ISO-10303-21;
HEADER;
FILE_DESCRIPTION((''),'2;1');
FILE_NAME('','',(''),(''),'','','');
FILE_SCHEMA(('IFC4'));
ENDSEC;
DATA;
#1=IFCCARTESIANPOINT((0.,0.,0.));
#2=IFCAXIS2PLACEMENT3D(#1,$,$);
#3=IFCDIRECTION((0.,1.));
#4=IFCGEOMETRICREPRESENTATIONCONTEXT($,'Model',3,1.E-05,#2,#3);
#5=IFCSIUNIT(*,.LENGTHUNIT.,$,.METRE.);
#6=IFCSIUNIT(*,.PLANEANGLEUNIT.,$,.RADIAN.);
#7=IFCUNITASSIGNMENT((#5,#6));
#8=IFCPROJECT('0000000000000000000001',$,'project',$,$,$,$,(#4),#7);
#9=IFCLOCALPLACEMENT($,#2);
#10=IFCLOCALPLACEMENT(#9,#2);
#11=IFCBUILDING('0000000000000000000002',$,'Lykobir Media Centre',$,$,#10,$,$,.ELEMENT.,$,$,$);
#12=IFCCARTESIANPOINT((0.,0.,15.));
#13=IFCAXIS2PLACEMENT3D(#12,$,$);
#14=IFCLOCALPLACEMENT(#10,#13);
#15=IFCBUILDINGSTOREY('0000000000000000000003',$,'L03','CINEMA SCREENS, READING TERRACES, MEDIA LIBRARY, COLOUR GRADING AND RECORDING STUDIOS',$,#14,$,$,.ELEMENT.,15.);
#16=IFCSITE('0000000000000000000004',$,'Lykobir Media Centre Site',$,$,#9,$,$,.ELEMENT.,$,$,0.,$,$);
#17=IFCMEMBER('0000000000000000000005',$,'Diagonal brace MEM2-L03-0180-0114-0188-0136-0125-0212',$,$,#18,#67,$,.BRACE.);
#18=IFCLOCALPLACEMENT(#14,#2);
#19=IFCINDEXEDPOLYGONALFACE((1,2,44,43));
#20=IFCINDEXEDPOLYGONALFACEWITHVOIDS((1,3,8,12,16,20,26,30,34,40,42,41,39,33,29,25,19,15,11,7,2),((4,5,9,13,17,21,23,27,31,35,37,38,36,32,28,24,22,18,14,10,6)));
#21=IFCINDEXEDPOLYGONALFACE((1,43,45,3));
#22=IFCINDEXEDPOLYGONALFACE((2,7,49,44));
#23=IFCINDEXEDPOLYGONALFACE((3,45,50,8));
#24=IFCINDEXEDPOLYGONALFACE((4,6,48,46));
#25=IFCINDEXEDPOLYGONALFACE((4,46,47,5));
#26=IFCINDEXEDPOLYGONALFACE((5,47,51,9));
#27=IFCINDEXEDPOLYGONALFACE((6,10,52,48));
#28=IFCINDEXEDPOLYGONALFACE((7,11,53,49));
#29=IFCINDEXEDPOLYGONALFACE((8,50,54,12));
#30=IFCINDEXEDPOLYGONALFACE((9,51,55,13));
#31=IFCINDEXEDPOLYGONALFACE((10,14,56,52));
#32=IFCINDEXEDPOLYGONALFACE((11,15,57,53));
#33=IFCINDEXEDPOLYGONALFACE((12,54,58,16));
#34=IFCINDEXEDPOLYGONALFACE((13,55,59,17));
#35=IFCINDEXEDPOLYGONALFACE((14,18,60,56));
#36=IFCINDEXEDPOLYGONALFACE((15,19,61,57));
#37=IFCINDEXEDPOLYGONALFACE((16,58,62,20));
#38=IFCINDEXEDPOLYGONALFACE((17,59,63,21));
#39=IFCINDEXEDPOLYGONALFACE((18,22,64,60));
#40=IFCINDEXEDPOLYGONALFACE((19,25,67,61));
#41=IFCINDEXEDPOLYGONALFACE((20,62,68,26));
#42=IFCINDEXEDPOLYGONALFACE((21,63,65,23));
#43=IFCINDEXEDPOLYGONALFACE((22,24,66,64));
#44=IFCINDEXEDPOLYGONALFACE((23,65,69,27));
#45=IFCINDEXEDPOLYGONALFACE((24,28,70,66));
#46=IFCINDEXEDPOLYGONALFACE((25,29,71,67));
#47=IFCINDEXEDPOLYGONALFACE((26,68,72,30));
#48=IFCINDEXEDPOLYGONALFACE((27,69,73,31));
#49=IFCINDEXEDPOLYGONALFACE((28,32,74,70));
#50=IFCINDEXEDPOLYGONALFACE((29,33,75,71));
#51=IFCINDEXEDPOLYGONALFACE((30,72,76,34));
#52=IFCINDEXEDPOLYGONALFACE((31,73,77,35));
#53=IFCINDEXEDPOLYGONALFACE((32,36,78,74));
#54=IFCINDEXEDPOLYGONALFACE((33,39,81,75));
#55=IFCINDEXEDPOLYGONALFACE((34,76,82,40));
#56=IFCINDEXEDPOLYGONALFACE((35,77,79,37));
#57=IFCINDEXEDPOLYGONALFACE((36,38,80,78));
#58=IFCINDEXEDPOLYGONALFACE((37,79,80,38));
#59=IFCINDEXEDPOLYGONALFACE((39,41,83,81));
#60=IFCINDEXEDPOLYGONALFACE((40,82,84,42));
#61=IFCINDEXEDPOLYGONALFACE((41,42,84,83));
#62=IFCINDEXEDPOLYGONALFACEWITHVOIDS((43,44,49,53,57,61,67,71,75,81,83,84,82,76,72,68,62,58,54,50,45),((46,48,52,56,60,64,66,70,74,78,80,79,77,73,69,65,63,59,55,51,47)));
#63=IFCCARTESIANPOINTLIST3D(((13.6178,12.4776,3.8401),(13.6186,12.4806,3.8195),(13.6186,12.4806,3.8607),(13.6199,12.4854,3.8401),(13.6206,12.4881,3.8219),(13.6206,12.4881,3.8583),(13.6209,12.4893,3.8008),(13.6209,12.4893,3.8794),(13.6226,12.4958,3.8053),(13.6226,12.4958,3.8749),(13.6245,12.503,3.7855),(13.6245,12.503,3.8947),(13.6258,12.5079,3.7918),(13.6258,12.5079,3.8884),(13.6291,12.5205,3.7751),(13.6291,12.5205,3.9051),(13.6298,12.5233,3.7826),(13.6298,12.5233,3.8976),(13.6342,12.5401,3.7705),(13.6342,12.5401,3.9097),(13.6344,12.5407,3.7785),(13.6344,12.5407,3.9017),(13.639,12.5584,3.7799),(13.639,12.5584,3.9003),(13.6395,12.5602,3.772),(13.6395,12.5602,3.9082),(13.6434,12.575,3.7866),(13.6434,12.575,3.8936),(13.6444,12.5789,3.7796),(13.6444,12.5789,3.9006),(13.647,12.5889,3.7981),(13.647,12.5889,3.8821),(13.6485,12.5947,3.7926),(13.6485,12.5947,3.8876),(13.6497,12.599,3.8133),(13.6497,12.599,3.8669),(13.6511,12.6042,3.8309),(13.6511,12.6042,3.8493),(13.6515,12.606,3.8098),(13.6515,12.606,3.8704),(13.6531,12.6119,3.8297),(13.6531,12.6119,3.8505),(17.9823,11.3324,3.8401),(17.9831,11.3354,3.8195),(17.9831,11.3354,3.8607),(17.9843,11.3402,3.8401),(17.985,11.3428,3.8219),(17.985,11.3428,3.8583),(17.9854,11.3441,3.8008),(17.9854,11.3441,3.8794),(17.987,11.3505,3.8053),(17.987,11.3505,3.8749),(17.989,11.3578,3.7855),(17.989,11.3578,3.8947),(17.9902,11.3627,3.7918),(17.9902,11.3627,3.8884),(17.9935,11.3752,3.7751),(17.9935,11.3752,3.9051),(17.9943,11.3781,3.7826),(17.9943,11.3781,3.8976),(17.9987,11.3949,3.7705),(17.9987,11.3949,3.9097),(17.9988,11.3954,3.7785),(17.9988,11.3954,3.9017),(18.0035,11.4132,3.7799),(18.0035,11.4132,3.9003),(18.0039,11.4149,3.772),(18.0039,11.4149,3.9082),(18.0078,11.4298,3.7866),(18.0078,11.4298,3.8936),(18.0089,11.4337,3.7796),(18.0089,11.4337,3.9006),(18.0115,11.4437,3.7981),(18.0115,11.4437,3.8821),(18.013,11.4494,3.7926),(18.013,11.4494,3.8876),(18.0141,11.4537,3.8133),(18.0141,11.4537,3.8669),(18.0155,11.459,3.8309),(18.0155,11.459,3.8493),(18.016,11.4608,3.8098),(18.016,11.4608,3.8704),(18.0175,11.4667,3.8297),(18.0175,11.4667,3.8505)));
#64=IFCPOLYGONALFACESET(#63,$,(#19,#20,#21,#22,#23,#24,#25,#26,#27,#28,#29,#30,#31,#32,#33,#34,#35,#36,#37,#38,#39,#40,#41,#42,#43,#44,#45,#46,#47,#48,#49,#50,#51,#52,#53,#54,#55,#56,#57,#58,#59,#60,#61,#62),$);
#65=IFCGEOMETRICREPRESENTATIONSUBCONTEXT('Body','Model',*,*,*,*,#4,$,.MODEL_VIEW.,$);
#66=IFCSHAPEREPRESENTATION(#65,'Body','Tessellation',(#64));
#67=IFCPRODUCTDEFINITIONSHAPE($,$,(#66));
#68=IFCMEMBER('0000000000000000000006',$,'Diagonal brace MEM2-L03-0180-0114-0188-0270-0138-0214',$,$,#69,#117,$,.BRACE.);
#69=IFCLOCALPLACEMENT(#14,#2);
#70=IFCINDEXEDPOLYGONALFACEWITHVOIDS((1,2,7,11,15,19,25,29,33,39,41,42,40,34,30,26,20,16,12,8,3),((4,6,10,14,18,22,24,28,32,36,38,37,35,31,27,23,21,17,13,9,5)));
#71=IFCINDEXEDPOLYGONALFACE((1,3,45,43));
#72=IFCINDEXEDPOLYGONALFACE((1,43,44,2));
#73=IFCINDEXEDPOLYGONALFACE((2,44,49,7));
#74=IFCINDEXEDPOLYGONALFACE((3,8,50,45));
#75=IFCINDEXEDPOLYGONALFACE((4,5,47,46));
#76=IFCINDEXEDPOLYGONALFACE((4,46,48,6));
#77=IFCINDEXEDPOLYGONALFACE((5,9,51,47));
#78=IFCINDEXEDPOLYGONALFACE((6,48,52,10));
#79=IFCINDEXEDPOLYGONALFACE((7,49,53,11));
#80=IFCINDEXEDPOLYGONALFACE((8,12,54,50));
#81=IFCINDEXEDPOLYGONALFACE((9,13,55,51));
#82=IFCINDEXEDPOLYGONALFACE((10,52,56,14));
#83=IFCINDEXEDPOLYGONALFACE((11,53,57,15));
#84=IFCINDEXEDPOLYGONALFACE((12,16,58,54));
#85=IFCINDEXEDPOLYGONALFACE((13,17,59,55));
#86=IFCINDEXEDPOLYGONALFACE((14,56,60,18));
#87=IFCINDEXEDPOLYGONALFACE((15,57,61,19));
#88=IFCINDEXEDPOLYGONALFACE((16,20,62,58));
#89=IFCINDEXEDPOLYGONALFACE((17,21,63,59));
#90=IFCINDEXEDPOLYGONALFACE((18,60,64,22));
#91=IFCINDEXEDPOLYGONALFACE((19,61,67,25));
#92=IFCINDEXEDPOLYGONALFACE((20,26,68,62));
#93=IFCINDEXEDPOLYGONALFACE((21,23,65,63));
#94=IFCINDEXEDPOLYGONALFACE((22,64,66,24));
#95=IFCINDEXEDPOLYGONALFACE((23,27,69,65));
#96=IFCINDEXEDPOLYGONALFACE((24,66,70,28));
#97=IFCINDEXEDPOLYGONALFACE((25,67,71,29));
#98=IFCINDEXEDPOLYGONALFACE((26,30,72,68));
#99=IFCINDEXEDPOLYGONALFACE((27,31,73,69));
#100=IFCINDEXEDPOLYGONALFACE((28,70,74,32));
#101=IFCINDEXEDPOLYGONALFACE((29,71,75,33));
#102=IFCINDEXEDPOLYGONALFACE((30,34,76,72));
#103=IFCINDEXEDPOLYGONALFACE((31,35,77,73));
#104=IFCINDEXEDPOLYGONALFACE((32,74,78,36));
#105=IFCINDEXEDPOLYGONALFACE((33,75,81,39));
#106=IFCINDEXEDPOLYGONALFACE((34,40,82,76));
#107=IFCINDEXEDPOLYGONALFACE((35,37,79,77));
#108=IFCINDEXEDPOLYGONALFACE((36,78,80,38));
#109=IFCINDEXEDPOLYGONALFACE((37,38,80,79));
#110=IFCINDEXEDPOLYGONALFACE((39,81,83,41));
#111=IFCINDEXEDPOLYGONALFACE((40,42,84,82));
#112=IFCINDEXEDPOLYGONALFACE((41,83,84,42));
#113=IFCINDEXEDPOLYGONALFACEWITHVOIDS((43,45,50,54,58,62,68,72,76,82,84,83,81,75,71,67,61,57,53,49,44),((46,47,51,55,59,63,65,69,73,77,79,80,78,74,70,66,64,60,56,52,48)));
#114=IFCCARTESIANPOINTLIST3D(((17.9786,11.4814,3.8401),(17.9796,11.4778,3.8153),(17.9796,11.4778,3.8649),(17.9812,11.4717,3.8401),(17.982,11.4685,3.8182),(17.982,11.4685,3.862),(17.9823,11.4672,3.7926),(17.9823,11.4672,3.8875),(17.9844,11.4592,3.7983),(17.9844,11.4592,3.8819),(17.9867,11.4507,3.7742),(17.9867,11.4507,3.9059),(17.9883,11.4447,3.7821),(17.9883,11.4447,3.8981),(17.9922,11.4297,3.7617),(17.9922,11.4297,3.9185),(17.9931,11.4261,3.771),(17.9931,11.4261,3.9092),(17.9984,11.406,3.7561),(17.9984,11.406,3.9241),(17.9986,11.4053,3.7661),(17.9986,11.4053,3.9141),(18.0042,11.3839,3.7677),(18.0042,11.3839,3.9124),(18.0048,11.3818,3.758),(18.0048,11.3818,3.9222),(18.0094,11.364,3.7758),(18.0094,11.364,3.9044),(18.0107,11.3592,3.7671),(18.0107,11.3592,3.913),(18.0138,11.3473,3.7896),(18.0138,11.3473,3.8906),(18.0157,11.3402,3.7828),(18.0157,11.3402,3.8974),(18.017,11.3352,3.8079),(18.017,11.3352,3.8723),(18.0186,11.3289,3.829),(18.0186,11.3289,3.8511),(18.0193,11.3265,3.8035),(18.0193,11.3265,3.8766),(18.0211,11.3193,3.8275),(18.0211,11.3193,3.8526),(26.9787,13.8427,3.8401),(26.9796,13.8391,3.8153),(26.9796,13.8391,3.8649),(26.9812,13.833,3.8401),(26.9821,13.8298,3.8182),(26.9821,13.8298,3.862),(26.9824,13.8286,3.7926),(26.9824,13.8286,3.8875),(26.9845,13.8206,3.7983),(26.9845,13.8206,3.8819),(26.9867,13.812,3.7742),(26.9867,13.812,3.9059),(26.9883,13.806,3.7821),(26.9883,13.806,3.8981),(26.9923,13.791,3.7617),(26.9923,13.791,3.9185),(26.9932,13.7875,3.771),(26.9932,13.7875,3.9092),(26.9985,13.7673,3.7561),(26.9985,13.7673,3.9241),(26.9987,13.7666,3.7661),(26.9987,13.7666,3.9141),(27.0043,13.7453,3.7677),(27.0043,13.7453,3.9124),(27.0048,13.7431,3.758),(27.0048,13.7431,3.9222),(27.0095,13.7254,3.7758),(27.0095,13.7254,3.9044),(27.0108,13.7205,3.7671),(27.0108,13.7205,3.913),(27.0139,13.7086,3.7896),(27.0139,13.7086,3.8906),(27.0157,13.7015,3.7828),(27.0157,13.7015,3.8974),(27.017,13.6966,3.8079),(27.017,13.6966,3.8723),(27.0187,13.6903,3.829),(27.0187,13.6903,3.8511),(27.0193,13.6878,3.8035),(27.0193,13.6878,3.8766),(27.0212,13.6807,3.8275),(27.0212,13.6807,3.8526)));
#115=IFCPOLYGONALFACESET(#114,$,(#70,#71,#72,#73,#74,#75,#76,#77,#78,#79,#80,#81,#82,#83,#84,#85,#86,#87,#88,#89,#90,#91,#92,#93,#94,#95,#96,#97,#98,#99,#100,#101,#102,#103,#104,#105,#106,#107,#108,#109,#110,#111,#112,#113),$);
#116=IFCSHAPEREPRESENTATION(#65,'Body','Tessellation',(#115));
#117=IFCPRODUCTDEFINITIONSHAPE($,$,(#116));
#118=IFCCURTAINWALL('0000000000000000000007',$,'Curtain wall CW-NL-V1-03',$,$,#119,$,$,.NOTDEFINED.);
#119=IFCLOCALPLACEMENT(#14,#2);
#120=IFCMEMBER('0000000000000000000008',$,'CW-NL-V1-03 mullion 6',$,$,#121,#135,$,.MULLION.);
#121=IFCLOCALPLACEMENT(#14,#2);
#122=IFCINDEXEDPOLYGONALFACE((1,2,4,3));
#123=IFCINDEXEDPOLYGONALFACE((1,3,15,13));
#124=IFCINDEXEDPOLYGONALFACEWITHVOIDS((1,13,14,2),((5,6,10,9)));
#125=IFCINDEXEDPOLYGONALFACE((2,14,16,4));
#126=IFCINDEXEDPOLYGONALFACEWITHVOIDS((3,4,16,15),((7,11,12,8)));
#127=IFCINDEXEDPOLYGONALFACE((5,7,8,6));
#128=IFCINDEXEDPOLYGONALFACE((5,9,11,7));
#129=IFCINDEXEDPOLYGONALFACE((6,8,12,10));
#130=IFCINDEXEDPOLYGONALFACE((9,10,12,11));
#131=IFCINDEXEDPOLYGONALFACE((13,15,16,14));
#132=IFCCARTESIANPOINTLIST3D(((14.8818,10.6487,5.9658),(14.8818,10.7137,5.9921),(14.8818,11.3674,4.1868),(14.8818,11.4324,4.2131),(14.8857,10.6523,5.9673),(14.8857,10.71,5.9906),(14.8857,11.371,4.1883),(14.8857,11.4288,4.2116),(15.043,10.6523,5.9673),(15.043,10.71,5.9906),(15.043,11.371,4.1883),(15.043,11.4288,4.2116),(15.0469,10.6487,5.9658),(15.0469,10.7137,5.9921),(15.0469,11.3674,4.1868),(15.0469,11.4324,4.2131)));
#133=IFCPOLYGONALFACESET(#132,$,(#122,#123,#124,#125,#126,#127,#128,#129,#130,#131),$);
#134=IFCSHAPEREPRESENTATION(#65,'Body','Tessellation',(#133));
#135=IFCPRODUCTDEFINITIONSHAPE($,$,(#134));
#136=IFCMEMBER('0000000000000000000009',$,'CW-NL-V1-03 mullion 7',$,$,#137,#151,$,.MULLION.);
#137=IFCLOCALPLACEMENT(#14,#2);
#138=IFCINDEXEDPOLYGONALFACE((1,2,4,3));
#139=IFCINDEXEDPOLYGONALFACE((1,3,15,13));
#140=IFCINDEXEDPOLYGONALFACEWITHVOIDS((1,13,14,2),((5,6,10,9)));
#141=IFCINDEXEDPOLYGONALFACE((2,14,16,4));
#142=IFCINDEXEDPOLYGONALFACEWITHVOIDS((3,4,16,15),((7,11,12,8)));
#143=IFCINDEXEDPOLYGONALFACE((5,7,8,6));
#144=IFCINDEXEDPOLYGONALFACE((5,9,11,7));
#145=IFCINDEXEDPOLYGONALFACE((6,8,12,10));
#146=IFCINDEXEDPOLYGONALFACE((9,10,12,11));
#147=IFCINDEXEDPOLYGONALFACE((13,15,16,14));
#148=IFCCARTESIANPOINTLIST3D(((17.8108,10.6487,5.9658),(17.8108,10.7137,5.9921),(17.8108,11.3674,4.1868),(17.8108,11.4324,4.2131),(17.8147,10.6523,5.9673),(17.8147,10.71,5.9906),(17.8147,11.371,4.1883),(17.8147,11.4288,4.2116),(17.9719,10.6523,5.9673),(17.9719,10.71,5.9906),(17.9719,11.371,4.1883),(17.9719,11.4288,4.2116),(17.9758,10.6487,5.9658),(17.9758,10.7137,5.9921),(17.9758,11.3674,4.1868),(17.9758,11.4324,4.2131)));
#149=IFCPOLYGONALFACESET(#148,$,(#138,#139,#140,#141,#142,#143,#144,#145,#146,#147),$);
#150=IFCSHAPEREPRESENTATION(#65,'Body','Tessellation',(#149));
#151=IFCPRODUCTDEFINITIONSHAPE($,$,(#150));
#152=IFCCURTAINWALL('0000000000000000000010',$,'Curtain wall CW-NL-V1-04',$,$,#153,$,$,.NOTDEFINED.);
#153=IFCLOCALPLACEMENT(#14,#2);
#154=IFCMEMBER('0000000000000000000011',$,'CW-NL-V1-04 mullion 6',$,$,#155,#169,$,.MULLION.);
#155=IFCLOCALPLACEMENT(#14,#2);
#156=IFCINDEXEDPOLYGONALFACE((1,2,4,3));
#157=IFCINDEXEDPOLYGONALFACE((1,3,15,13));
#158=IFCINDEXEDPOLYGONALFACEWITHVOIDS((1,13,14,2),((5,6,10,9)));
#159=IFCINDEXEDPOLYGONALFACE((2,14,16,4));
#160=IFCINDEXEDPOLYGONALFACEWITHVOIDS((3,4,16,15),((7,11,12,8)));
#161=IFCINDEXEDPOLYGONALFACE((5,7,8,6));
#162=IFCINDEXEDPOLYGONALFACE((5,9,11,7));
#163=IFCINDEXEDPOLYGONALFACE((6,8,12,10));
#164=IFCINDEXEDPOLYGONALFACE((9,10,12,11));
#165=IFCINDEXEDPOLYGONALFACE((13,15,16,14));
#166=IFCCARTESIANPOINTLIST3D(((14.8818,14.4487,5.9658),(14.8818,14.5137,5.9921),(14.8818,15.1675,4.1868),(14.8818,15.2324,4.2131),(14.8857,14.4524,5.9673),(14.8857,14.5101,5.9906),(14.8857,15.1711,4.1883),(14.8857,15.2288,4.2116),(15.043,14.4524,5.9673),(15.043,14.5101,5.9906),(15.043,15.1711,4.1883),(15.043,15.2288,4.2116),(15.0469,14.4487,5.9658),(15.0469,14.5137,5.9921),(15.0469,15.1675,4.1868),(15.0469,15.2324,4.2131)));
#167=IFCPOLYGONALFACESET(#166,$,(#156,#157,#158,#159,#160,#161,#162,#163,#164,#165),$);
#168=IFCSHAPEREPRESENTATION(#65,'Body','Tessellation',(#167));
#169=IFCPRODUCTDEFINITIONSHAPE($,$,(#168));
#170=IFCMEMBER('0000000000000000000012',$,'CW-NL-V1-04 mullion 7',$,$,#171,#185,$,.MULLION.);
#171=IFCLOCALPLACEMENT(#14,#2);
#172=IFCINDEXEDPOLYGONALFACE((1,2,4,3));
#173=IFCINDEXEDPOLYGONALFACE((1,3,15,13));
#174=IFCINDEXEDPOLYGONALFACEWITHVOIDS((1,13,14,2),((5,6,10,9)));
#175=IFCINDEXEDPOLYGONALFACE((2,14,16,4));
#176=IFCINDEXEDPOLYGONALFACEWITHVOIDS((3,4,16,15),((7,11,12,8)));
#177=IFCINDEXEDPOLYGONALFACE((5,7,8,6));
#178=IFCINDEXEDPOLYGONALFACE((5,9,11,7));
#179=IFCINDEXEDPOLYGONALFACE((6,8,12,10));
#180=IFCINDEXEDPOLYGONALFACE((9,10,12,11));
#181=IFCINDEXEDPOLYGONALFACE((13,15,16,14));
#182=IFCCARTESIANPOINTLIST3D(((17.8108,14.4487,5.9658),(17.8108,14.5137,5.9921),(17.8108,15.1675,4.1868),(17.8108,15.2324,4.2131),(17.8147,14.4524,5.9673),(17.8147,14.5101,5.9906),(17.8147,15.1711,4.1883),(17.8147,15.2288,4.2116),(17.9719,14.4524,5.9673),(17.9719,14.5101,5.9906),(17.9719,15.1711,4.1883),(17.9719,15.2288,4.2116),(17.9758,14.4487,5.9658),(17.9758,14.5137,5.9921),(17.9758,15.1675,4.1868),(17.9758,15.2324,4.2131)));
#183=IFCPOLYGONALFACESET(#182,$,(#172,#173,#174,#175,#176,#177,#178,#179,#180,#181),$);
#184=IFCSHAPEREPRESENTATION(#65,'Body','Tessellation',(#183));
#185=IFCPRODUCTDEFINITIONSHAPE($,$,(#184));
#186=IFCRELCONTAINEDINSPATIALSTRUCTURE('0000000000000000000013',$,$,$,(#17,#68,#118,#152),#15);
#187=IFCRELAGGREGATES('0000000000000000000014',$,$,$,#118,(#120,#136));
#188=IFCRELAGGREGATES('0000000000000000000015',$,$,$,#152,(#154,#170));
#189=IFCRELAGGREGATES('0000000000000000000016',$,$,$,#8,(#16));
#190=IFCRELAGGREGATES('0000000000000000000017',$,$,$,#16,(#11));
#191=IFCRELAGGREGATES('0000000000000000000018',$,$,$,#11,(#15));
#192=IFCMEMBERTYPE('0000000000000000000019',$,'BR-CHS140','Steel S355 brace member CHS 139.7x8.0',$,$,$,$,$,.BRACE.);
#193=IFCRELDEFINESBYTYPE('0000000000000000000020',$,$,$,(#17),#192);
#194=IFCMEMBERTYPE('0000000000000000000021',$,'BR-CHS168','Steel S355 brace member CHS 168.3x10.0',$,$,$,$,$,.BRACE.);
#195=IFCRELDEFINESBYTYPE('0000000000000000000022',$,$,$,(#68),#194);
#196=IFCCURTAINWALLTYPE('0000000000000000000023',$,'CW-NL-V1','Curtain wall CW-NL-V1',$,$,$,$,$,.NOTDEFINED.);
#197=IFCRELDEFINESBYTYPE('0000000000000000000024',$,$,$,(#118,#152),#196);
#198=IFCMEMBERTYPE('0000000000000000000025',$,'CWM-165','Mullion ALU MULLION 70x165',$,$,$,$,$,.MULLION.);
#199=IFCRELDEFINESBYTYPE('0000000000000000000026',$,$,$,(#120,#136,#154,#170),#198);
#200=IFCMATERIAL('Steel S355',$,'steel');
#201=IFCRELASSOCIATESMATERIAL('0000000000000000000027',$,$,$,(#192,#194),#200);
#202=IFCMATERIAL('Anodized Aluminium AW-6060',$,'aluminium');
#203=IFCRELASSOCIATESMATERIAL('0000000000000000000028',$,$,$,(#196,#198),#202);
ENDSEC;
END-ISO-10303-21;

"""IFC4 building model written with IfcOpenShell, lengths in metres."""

from ifc_helpers import new_model, si_unit, direction, frame, origin, origin_2d, place, context, subcontext, project, spatial, hollow_rectangle, hollow_circle, extrude, material, material_profile, profile_set, type_object, element, aggregate, save


model = new_model("IFC4")

# Units and contexts
model_context = context("Model", 3, precision=1e-05, world=origin(), true_north=direction((0.0, 1.0)))
body_context = subcontext(model_context, "Body", "Model", "MODEL_VIEW")
ifc_project = project(units=[si_unit("LENGTHUNIT", "METRE"), si_unit("PLANEANGLEUNIT", "RADIAN")], contexts=[model_context])

# Site, building, storey
site_placement = place(None, origin())
site = spatial("IfcSite", under=ifc_project, at=site_placement, Name="Lykobir Media Centre Site", CompositionType="ELEMENT", RefElevation=0.0)
building_placement = place(site_placement, origin())
building = spatial("IfcBuilding", under=site, at=building_placement, Name="Lykobir Media Centre", CompositionType="ELEMENT")
storey_placement = place(building_placement, frame((0.0, 0.0, 15.0)))
storey = spatial("IfcBuildingStorey", under=building, at=storey_placement, Name="L03", Description="CINEMA SCREENS, READING TERRACES, MEDIA LIBRARY, COLOUR GRADING AND RECORDING STUDIOS", CompositionType="ELEMENT", Elevation=15.0)

# Members
ifc_material_1 = material(Name="Steel S355", Category="steel")
ifc_material_profile_1 = material_profile(ifc_material_1, hollow_circle(Radius=0.0698, WallThickness=0.0081, at=origin_2d()), Name="CHS 139.7x8.0")
ifc_profile_set_1 = profile_set([ifc_material_profile_1], Name="Steel S355")
member_type_1 = type_object("IfcMemberType", Name="BR-CHS140", Description="Steel S355 brace member CHS 139.7x8.0", PredefinedType="BRACE", material=ifc_profile_set_1)
member_1_placement = place(storey_placement, frame((18.0, 11.3999, 3.8401), z_axis=(-0.967254, 0.253811, 0.0), x_axis=(-0.253811, -0.967254, 0.0)))
element("IfcMember", 1, at=member_1_placement, inside=storey, type_object=member_type_1, Name="Diagonal brace MEM2-L03-0180-0114-0188-0136-0125-0212", PredefinedType="BRACE", context=body_context, shape_type="SweptSolid", body=[
    extrude(hollow_circle(Radius=0.0698, WallThickness=0.0081, at=origin_2d()), origin(), (0.0, 0.0, 1.0), 4.5122),
])
ifc_material_profile_2 = material_profile(ifc_material_1, hollow_circle(Radius=0.0842, WallThickness=0.01, at=origin_2d()), Name="CHS 168.3x10.0")
ifc_profile_set_2 = profile_set([ifc_material_profile_2], Name="Steel S355")
member_type_2 = type_object("IfcMemberType", Name="BR-CHS168", Description="Steel S355 brace member CHS 168.3x10.0", PredefinedType="BRACE", material=ifc_profile_set_2)
member_2_placement = place(storey_placement, frame((18.0, 11.3999, 3.8401), z_axis=(0.967262, 0.25378, 0.0), x_axis=(-0.25378, 0.967262, 0.0)))
element("IfcMember", 2, at=member_2_placement, inside=storey, type_object=member_type_2, Name="Diagonal brace MEM2-L03-0180-0114-0188-0270-0138-0214", PredefinedType="BRACE", context=body_context, shape_type="SweptSolid", body=[
    extrude(hollow_circle(Radius=0.0842, WallThickness=0.01, at=origin_2d()), origin(), (0.0, 0.0, 1.0), 9.3047),
])

# Curtain walls, members
ifc_material_2 = material(Name="Anodized Aluminium AW-6060", Category="aluminium")
curtain_wall_type = type_object("IfcCurtainWallType", Name="CW-NL-V1", Description="Curtain wall CW-NL-V1", PredefinedType="NOTDEFINED", material=ifc_material_2)
curtain_wall_1_placement = place(storey_placement, origin())
curtain_wall_1 = element("IfcCurtainWall", 3, at=curtain_wall_1_placement, inside=storey, type_object=curtain_wall_type, Name="Curtain wall CW-NL-V1-03", PredefinedType="NOTDEFINED")
ifc_material_profile_3 = material_profile(ifc_material_2, hollow_rectangle(XDim=0.0701, YDim=0.165, WallThickness=0.0039, at=origin_2d()), Name="ALU MULLION 70x165")
ifc_profile_set_3 = profile_set([ifc_material_profile_3], Name="Anodized Aluminium AW-6060")
member_type_3 = type_object("IfcMemberType", Name="CWM-165", Description="Mullion ALU MULLION 70x165", PredefinedType="MULLION", material=ifc_profile_set_3)
member_3_placement = place(storey_placement, frame((14.9644, 11.3999, 4.2), z_axis=(0.0, -0.374591, 0.92719), x_axis=(0.0, 0.92719, 0.374591)))
member_3 = element("IfcMember", 4, at=member_3_placement, type_object=member_type_3, Name="CW-NL-V1-03 mullion 6", PredefinedType="MULLION", context=body_context, shape_type="SweptSolid", body=[
    extrude(hollow_rectangle(XDim=0.0701, YDim=0.165, WallThickness=0.0039, at=origin_2d()), origin(), (0.0, 0.0, 1.0), 1.9187),
])
member_4_placement = place(storey_placement, frame((17.8933, 11.3999, 4.2), z_axis=(0.0, -0.374591, 0.92719), x_axis=(0.0, 0.92719, 0.374591)))
member_4 = element("IfcMember", 5, at=member_4_placement, type_object=member_type_3, Name="CW-NL-V1-03 mullion 7", PredefinedType="MULLION", context=body_context, shape_type="SweptSolid", body=[
    extrude(hollow_rectangle(XDim=0.0701, YDim=0.165, WallThickness=0.0039, at=origin_2d()), origin(), (0.0, 0.0, 1.0), 1.9187),
])
curtain_wall_2_placement = place(storey_placement, origin())
curtain_wall_2 = element("IfcCurtainWall", 6, at=curtain_wall_2_placement, inside=storey, type_object=curtain_wall_type, Name="Curtain wall CW-NL-V1-04", PredefinedType="NOTDEFINED")
member_5_placement = place(storey_placement, frame((14.9644, 15.2, 4.2), z_axis=(0.0, -0.374591, 0.92719), x_axis=(0.0, 0.92719, 0.374591)))
member_5 = element("IfcMember", 7, at=member_5_placement, type_object=member_type_3, Name="CW-NL-V1-04 mullion 6", PredefinedType="MULLION", context=body_context, shape_type="SweptSolid", body=[
    extrude(hollow_rectangle(XDim=0.0701, YDim=0.165, WallThickness=0.0039, at=origin_2d()), origin(), (0.0, 0.0, 1.0), 1.9187),
])
member_6_placement = place(storey_placement, frame((17.8933, 15.2, 4.2), z_axis=(0.0, -0.374591, 0.92719), x_axis=(0.0, 0.92719, 0.374591)))
member_6 = element("IfcMember", 8, at=member_6_placement, type_object=member_type_3, Name="CW-NL-V1-04 mullion 7", PredefinedType="MULLION", context=body_context, shape_type="SweptSolid", body=[
    extrude(hollow_rectangle(XDim=0.0701, YDim=0.165, WallThickness=0.0039, at=origin_2d()), origin(), (0.0, 0.0, 1.0), 1.9187),
])

aggregate(curtain_wall_1, [member_3, member_4])
aggregate(curtain_wall_2, [member_5, member_6])

save(model, "model.ifc")
